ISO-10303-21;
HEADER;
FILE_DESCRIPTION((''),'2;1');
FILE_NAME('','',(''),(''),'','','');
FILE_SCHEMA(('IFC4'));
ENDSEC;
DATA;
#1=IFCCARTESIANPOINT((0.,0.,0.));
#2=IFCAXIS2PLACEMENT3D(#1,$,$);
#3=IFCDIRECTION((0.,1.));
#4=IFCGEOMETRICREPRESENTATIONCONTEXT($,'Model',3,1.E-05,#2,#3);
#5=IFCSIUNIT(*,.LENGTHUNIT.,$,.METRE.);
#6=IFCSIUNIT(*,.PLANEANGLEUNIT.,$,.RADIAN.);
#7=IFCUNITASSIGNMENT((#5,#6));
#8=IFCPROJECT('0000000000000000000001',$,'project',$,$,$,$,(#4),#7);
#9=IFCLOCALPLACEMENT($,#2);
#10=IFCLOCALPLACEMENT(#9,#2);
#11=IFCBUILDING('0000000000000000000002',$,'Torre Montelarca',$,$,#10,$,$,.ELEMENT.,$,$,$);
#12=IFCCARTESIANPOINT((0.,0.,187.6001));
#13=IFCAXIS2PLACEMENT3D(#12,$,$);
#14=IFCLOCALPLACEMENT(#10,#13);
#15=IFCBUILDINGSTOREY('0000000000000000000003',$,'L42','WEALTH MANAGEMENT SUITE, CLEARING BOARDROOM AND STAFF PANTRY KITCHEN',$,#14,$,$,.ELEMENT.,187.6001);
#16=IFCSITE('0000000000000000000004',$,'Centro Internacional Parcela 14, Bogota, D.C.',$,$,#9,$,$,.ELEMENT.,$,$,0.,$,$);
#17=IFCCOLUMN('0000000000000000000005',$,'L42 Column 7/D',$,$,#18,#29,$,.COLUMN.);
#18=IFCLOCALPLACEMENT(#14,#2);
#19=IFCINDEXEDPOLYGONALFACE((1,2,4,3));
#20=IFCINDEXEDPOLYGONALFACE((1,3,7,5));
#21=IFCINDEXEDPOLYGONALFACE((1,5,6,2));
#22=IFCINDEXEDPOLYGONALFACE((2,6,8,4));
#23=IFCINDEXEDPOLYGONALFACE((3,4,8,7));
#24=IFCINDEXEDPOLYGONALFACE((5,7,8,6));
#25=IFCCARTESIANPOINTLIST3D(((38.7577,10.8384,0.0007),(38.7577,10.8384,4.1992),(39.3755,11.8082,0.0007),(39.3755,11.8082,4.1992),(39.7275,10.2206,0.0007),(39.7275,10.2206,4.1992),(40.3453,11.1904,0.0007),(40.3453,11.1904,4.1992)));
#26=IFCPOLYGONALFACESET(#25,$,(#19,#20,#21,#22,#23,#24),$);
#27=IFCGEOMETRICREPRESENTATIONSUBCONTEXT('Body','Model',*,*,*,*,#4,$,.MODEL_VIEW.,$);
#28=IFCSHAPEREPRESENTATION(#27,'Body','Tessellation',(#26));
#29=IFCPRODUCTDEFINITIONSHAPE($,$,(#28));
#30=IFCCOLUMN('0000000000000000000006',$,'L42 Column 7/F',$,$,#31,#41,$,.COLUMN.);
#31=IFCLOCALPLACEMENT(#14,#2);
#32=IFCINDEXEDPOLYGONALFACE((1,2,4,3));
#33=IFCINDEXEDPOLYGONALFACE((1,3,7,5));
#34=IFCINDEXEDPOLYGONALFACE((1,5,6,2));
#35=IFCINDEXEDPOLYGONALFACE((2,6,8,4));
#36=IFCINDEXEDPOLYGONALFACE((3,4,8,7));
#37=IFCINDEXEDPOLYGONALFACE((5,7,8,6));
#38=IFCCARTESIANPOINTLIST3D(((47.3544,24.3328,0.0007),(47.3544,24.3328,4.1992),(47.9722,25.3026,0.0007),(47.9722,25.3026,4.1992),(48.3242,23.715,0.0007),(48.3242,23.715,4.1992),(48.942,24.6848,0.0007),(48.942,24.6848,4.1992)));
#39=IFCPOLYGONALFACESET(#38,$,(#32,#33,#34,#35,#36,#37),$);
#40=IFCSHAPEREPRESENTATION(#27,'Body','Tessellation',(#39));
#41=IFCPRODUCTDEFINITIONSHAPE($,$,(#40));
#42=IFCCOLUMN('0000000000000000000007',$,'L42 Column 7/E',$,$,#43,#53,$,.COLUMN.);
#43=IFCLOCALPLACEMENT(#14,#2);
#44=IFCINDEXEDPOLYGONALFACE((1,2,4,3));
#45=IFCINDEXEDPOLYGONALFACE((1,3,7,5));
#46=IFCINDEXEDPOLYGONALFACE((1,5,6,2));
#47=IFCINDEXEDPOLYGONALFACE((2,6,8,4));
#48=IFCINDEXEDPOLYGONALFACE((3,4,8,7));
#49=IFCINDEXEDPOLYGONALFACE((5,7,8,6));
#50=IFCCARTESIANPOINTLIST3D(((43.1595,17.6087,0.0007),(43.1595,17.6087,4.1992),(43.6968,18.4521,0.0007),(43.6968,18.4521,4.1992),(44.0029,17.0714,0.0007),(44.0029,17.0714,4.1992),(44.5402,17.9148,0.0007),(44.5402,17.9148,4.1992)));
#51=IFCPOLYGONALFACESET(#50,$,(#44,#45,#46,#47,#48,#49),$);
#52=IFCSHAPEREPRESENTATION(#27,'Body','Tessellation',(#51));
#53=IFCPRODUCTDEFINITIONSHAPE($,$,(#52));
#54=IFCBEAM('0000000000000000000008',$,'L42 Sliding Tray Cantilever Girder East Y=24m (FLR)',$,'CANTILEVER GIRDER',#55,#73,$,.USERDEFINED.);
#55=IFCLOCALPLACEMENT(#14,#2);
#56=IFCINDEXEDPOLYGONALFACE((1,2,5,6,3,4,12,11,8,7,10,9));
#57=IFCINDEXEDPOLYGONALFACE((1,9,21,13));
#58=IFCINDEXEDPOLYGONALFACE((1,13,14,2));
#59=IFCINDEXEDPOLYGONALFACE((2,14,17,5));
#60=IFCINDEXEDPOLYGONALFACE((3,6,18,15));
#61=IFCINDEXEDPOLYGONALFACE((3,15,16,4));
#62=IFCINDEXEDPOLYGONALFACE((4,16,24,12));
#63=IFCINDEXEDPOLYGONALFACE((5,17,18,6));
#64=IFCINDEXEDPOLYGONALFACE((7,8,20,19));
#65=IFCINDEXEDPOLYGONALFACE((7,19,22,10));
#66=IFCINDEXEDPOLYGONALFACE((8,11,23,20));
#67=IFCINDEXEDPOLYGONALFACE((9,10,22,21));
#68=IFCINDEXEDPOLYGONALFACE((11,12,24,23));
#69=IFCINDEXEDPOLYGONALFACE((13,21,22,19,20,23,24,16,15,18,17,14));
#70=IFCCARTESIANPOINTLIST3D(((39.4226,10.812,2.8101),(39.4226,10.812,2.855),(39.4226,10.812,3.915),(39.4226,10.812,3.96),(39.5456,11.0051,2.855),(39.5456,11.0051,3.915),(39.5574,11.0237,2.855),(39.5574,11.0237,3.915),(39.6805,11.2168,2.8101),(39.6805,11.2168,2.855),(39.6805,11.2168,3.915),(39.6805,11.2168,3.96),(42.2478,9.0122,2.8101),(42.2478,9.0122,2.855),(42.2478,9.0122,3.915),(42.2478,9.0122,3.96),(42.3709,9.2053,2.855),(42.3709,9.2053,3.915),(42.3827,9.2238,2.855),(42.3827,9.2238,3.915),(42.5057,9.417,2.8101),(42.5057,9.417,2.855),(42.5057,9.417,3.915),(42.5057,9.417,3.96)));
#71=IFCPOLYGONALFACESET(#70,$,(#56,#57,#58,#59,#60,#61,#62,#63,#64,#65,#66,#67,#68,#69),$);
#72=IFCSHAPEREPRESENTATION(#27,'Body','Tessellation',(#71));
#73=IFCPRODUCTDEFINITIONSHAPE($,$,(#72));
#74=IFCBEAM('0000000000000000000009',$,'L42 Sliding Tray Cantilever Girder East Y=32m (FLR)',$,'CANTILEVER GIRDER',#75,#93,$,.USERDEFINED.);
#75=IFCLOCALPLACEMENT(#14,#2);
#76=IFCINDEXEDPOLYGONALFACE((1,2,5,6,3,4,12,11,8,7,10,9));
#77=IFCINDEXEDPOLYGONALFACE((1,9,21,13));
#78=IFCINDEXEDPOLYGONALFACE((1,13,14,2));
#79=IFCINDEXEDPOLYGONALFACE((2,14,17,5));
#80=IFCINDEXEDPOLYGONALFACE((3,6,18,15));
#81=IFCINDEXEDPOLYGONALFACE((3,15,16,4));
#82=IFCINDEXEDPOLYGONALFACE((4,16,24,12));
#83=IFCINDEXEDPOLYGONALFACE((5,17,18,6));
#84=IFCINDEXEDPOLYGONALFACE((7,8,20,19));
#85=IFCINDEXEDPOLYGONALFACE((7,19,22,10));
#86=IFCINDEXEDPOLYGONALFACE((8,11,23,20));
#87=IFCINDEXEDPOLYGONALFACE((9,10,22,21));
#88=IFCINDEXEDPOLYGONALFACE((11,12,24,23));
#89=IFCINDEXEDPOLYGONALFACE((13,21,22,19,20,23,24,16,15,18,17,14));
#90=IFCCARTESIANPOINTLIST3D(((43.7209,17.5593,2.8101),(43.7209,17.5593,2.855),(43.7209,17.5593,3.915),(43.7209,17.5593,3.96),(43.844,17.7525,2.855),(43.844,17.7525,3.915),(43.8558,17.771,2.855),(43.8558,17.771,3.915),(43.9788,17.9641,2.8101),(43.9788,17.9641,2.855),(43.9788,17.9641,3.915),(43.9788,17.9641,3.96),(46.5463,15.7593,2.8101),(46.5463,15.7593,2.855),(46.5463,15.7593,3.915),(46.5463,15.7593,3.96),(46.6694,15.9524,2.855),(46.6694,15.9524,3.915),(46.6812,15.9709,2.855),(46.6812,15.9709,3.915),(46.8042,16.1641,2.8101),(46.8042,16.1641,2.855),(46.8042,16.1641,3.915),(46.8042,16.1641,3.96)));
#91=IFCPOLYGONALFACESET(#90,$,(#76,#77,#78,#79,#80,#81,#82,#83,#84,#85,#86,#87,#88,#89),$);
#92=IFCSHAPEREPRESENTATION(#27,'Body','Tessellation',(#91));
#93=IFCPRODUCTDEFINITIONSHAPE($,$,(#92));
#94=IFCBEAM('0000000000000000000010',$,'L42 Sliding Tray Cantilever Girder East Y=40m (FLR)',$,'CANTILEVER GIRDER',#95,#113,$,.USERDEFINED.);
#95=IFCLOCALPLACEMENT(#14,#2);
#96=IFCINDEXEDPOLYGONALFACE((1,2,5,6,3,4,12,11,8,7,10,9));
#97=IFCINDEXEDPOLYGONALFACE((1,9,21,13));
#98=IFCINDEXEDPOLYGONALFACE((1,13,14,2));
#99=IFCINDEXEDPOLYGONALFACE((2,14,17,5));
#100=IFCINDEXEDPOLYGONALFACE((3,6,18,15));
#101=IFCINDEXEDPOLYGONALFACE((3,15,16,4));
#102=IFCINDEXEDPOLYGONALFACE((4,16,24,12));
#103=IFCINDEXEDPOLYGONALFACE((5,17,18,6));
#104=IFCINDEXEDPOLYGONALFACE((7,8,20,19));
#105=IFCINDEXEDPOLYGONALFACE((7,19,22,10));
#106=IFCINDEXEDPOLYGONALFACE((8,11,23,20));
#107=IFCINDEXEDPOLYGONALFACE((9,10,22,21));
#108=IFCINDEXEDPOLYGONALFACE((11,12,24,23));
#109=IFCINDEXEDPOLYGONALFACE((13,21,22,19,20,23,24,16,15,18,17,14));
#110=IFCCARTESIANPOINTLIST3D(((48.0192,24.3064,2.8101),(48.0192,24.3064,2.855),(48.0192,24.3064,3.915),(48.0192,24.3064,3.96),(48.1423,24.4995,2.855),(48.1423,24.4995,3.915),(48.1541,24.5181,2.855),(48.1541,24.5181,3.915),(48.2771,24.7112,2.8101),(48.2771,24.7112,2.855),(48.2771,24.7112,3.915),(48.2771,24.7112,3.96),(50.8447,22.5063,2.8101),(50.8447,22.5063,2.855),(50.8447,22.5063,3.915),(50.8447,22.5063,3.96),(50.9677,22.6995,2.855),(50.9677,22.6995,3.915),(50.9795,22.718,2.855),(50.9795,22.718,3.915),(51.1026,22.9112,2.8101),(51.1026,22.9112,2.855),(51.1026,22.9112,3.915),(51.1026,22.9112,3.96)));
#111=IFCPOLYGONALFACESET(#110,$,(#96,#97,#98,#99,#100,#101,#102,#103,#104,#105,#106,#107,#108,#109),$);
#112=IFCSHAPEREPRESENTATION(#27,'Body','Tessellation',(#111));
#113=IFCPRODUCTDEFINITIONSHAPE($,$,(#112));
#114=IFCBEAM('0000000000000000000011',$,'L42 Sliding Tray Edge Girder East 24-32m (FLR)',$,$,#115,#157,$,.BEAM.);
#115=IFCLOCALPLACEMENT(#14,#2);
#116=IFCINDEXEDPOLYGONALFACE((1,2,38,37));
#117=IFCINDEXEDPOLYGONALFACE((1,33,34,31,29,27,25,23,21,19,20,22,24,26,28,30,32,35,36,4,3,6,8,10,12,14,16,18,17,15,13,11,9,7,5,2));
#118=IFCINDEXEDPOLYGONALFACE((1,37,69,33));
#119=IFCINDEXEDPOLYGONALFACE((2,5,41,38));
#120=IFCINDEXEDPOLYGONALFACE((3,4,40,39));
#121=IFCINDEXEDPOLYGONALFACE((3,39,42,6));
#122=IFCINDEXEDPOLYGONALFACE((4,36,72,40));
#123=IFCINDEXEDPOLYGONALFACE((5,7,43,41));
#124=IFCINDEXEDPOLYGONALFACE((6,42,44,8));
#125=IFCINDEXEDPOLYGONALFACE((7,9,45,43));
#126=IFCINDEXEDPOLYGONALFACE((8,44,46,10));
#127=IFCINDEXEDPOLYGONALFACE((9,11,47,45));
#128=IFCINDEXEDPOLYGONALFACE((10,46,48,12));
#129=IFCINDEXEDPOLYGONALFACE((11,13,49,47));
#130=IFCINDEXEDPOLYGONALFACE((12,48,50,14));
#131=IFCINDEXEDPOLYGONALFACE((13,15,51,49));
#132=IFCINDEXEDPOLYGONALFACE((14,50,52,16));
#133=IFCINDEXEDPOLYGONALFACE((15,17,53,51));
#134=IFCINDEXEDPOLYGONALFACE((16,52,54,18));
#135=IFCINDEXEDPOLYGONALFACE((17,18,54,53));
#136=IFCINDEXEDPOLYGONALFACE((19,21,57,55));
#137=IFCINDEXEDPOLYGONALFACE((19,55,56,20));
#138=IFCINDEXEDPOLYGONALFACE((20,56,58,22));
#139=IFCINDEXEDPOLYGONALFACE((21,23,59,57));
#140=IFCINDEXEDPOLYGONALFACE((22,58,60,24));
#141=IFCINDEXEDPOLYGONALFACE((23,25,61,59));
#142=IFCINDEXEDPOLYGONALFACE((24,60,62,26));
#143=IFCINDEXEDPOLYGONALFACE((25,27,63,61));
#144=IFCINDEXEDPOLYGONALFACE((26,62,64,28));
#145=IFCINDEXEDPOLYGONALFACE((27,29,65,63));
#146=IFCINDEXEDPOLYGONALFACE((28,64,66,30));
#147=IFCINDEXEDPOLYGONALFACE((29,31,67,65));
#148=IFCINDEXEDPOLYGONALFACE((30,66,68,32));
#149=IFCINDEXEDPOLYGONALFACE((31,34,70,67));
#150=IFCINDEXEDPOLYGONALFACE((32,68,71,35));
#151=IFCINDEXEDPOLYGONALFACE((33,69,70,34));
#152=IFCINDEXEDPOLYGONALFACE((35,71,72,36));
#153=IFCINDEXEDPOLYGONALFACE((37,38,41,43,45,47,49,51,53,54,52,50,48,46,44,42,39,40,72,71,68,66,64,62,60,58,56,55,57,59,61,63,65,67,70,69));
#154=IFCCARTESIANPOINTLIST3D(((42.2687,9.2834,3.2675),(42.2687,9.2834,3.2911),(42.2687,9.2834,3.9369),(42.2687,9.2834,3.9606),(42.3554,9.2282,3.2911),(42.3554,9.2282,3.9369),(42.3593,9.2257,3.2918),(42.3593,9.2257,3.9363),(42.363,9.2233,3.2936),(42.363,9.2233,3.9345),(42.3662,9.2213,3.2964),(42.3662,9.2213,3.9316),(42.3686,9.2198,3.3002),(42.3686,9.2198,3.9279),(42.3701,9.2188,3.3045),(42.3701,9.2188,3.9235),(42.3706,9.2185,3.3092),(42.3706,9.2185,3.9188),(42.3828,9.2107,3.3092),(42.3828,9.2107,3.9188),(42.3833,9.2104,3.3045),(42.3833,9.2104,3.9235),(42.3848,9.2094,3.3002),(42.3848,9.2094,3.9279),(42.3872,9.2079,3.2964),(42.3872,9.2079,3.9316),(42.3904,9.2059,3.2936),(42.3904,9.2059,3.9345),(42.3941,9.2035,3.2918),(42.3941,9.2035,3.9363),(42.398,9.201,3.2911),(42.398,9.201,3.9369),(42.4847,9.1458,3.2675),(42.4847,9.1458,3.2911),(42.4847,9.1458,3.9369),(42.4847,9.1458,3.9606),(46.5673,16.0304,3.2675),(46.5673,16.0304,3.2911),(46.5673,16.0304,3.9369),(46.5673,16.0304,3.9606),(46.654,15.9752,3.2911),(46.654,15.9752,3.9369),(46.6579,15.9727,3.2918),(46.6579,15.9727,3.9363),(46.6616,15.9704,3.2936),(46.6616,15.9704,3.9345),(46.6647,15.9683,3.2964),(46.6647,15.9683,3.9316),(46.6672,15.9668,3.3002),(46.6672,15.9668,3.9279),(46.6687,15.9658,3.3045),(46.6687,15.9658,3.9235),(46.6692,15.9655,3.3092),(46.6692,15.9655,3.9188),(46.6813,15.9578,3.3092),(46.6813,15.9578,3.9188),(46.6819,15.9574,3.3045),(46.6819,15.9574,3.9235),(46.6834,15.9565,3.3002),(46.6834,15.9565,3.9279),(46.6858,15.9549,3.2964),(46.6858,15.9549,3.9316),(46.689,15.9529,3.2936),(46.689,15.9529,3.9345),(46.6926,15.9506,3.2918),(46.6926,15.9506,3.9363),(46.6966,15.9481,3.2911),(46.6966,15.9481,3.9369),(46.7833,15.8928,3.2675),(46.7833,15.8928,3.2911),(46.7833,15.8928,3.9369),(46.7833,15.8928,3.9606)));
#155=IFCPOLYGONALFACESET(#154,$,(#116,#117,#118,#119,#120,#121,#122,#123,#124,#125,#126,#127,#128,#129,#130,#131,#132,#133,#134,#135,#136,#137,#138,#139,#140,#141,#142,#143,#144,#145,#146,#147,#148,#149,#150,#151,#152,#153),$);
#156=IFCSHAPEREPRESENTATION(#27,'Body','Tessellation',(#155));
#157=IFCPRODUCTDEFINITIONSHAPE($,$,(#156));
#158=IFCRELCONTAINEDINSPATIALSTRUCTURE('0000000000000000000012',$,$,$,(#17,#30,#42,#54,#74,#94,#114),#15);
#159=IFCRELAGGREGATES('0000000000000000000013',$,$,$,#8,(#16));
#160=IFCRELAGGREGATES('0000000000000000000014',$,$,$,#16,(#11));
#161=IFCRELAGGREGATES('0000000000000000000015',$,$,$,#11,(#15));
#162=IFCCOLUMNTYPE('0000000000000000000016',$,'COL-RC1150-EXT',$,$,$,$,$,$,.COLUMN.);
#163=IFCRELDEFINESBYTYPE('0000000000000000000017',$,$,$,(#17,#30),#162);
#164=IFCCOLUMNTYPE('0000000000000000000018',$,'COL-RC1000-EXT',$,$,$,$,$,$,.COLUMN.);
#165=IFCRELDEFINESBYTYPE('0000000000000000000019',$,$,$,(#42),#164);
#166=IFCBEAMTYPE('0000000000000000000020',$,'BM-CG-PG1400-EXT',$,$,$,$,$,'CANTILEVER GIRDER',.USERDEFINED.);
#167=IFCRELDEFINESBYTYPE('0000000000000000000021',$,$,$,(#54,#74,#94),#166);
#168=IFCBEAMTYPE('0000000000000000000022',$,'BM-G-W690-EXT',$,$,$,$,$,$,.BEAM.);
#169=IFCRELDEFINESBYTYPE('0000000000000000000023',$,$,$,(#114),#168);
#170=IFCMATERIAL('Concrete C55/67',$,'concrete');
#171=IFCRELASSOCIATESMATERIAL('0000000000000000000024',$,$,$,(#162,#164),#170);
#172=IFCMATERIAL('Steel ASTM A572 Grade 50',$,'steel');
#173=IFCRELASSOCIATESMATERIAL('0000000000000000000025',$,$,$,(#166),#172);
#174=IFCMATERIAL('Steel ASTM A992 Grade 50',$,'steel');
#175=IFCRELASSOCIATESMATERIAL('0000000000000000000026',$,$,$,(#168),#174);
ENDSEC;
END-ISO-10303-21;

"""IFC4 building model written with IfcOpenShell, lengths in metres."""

from ifc_helpers import new_model, si_unit, direction, frame, origin, origin_2d, place, context, subcontext, project, spatial, rectangle, i_section, extrude, source, transform, mapped, material, material_profile, profile_set, type_object, element, save


model = new_model("IFC4")

# Units and contexts
model_context = context("Model", 3, precision=1e-05, world=origin(), true_north=direction((0.0, 1.0)))
body_context = subcontext(model_context, "Body", "Model", "MODEL_VIEW")
ifc_project = project(units=[si_unit("LENGTHUNIT", "METRE"), si_unit("PLANEANGLEUNIT", "RADIAN")], contexts=[model_context])

# Site, building, storey
site_placement = place(None, origin())
site = spatial("IfcSite", under=ifc_project, at=site_placement, Name="Centro Internacional Parcela 14, Bogota, D.C.", CompositionType="ELEMENT", RefElevation=0.0)
building_placement = place(site_placement, origin())
building = spatial("IfcBuilding", under=site, at=building_placement, Name="Torre Montelarca", CompositionType="ELEMENT")
storey_placement = place(building_placement, frame((0.0, 0.0, 187.6001)))
storey = spatial("IfcBuildingStorey", under=building, at=storey_placement, Name="L42", Description="WEALTH MANAGEMENT SUITE, CLEARING BOARDROOM AND STAFF PANTRY KITCHEN", CompositionType="ELEMENT", Elevation=187.6001)

# Columns
ifc_material_1 = material(Name="Concrete C55/67", Category="concrete")
ifc_material_profile_1 = material_profile(ifc_material_1, rectangle(XDim=1.1499, YDim=1.1499, at=origin_2d()), Name="RC1150X1150", Category="concrete")
ifc_profile_set_1 = profile_set([ifc_material_profile_1], Name="Concrete C55/67")
column_type_1 = type_object("IfcColumnType", Name="COL-RC1150-EXT", PredefinedType="COLUMN", material=ifc_profile_set_1)
shared_shape_1 = source(origin(), body_context, "Body", "SweptSolid", [
    extrude(rectangle(XDim=1.1499, YDim=1.1499, at=origin_2d()), origin(), (0.0, 0.0, 1.0), 4.1985),
])
for number, where, z_axis, x_axis, name in (
    (1, (39.5515, 11.0144, 0.0007), (0.0, 0.0, 1.0), (-0.843391, 0.5373, 0.0), "L42 Column 7/D"),
    (2, (48.1482, 24.5088, 0.0007), (0.0, 0.0, 1.0), (-0.843391, 0.5373, 0.0), "L42 Column 7/F"),
):
    element("IfcColumn", number, at=place(storey_placement, frame(where, z_axis=z_axis, x_axis=x_axis)), inside=storey, type_object=column_type_1, Name=name, PredefinedType="COLUMN", context=body_context, shape_type="MappedRepresentation", body=[
        mapped(shared_shape_1, transform((0.0, 0.0, 0.0), scale=1.0)),
    ])
ifc_material_profile_2 = material_profile(ifc_material_1, rectangle(XDim=1.0, YDim=1.0, at=origin_2d()), Name="RC1000X1000", Category="concrete")
ifc_profile_set_2 = profile_set([ifc_material_profile_2], Name="Concrete C55/67")
column_type_2 = type_object("IfcColumnType", Name="COL-RC1000-EXT", PredefinedType="COLUMN", material=ifc_profile_set_2)
shared_shape_2 = source(origin(), body_context, "Body", "SweptSolid", [
    extrude(rectangle(XDim=1.0, YDim=1.0, at=origin_2d()), origin(), (0.0, 0.0, 1.0), 4.1985),
])
column_placement = place(storey_placement, frame((43.8499, 17.7617, 0.0007), z_axis=(0.0, 0.0, 1.0), x_axis=(-0.843391, 0.5373, 0.0)))
element("IfcColumn", 3, at=column_placement, inside=storey, type_object=column_type_2, Name="L42 Column 7/E", PredefinedType="COLUMN", context=body_context, shape_type="MappedRepresentation", body=[
    mapped(shared_shape_2, transform((0.0, 0.0, 0.0), scale=1.0)),
])

# Beams
ifc_material_2 = material(Name="Steel ASTM A572 Grade 50", Category="steel")
ifc_material_profile_3 = material_profile(ifc_material_2, i_section(OverallWidth=0.48, OverallDepth=1.1499, WebThickness=0.022, FlangeThickness=0.0449, at=origin_2d()), Name="PG1150X480X22X45", Category="steel")
ifc_profile_set_3 = profile_set([ifc_material_profile_3], Name="Steel ASTM A572 Grade 50")
beam_type_1 = type_object("IfcBeamType", Name="BM-CG-PG1400-EXT", ElementType="CANTILEVER GIRDER", PredefinedType="USERDEFINED", material=ifc_profile_set_3)
shared_shape_3 = source(origin(), body_context, "Body", "SweptSolid", [
    extrude(i_section(OverallWidth=0.48, OverallDepth=1.1499, WebThickness=0.022, FlangeThickness=0.0449, at=origin_2d()), origin(), (0.0, 0.0, 1.0), 3.3499),
])
beam_placement = place(storey_placement, frame((39.5515, 11.0144, 3.385), z_axis=(0.843397, -0.53729, 0.0), x_axis=(0.53729, 0.843397, 0.0)))
element("IfcBeam", 4, at=beam_placement, inside=storey, type_object=beam_type_1, Name="L42 Sliding Tray Cantilever Girder East Y=24m (FLR)", ObjectType="CANTILEVER GIRDER", PredefinedType="USERDEFINED", context=body_context, shape_type="MappedRepresentation", body=[
    mapped(shared_shape_3, transform((0.0, 0.0, 0.0), scale=1.0)),
])
shared_shape_4 = source(origin(), body_context, "Body", "SweptSolid", [
    extrude(i_section(OverallWidth=0.48, OverallDepth=1.1499, WebThickness=0.022, FlangeThickness=0.0449, at=origin_2d()), origin(), (0.0, 0.0, 1.0), 3.3501),
])
for number, where, z_axis, x_axis, name in (
    (5, (43.8499, 17.7617, 3.385), (0.843385, -0.537309, 0.0), (0.537309, 0.843385, 0.0), "L42 Sliding Tray Cantilever Girder East Y=32m (FLR)"),
    (6, (48.1482, 24.5088, 3.385), (0.843385, -0.537309, 0.0), (0.537309, 0.843385, 0.0), "L42 Sliding Tray Cantilever Girder East Y=40m (FLR)"),
):
    element("IfcBeam", number, at=place(storey_placement, frame(where, z_axis=z_axis, x_axis=x_axis)), inside=storey, type_object=beam_type_1, Name=name, ObjectType="CANTILEVER GIRDER", PredefinedType="USERDEFINED", context=body_context, shape_type="MappedRepresentation", body=[
        mapped(shared_shape_4, transform((0.0, 0.0, 0.0), scale=1.0)),
    ])
ifc_material_3 = material(Name="Steel ASTM A992 Grade 50", Category="steel")
ifc_material_profile_4 = material_profile(ifc_material_3, i_section(OverallWidth=0.2561, OverallDepth=0.6931, WebThickness=0.0144, FlangeThickness=0.0237, FilletRadius=0.0181, at=origin_2d()), Name="W690X170", Category="steel")
ifc_profile_set_4 = profile_set([ifc_material_profile_4], Name="Steel ASTM A992 Grade 50")
beam_type_2 = type_object("IfcBeamType", Name="BM-G-W690-EXT", PredefinedType="BEAM", material=ifc_profile_set_4)
shared_shape_5 = source(origin(), body_context, "Body", "SweptSolid", [
    extrude(i_section(OverallWidth=0.2561, OverallDepth=0.6931, WebThickness=0.0144, FlangeThickness=0.0237, FilletRadius=0.0181, at=origin_2d()), origin(), (0.0, 0.0, 1.0), 8.0),
])
for number, where, z_axis, x_axis, name in (
    (7, (42.3767, 9.2146, 3.614), (0.53732, 0.843379, 0.0), (-0.843379, 0.53732, 0.0), "L42 Sliding Tray Edge Girder East 24-32m (FLR)"),
):
    element("IfcBeam", number, at=place(storey_placement, frame(where, z_axis=z_axis, x_axis=x_axis)), inside=storey, type_object=beam_type_2, Name=name, PredefinedType="BEAM", context=body_context, shape_type="MappedRepresentation", body=[
        mapped(shared_shape_5, transform((0.0, 0.0, 0.0), scale=1.0)),
    ])

save(model, "model.ifc")
